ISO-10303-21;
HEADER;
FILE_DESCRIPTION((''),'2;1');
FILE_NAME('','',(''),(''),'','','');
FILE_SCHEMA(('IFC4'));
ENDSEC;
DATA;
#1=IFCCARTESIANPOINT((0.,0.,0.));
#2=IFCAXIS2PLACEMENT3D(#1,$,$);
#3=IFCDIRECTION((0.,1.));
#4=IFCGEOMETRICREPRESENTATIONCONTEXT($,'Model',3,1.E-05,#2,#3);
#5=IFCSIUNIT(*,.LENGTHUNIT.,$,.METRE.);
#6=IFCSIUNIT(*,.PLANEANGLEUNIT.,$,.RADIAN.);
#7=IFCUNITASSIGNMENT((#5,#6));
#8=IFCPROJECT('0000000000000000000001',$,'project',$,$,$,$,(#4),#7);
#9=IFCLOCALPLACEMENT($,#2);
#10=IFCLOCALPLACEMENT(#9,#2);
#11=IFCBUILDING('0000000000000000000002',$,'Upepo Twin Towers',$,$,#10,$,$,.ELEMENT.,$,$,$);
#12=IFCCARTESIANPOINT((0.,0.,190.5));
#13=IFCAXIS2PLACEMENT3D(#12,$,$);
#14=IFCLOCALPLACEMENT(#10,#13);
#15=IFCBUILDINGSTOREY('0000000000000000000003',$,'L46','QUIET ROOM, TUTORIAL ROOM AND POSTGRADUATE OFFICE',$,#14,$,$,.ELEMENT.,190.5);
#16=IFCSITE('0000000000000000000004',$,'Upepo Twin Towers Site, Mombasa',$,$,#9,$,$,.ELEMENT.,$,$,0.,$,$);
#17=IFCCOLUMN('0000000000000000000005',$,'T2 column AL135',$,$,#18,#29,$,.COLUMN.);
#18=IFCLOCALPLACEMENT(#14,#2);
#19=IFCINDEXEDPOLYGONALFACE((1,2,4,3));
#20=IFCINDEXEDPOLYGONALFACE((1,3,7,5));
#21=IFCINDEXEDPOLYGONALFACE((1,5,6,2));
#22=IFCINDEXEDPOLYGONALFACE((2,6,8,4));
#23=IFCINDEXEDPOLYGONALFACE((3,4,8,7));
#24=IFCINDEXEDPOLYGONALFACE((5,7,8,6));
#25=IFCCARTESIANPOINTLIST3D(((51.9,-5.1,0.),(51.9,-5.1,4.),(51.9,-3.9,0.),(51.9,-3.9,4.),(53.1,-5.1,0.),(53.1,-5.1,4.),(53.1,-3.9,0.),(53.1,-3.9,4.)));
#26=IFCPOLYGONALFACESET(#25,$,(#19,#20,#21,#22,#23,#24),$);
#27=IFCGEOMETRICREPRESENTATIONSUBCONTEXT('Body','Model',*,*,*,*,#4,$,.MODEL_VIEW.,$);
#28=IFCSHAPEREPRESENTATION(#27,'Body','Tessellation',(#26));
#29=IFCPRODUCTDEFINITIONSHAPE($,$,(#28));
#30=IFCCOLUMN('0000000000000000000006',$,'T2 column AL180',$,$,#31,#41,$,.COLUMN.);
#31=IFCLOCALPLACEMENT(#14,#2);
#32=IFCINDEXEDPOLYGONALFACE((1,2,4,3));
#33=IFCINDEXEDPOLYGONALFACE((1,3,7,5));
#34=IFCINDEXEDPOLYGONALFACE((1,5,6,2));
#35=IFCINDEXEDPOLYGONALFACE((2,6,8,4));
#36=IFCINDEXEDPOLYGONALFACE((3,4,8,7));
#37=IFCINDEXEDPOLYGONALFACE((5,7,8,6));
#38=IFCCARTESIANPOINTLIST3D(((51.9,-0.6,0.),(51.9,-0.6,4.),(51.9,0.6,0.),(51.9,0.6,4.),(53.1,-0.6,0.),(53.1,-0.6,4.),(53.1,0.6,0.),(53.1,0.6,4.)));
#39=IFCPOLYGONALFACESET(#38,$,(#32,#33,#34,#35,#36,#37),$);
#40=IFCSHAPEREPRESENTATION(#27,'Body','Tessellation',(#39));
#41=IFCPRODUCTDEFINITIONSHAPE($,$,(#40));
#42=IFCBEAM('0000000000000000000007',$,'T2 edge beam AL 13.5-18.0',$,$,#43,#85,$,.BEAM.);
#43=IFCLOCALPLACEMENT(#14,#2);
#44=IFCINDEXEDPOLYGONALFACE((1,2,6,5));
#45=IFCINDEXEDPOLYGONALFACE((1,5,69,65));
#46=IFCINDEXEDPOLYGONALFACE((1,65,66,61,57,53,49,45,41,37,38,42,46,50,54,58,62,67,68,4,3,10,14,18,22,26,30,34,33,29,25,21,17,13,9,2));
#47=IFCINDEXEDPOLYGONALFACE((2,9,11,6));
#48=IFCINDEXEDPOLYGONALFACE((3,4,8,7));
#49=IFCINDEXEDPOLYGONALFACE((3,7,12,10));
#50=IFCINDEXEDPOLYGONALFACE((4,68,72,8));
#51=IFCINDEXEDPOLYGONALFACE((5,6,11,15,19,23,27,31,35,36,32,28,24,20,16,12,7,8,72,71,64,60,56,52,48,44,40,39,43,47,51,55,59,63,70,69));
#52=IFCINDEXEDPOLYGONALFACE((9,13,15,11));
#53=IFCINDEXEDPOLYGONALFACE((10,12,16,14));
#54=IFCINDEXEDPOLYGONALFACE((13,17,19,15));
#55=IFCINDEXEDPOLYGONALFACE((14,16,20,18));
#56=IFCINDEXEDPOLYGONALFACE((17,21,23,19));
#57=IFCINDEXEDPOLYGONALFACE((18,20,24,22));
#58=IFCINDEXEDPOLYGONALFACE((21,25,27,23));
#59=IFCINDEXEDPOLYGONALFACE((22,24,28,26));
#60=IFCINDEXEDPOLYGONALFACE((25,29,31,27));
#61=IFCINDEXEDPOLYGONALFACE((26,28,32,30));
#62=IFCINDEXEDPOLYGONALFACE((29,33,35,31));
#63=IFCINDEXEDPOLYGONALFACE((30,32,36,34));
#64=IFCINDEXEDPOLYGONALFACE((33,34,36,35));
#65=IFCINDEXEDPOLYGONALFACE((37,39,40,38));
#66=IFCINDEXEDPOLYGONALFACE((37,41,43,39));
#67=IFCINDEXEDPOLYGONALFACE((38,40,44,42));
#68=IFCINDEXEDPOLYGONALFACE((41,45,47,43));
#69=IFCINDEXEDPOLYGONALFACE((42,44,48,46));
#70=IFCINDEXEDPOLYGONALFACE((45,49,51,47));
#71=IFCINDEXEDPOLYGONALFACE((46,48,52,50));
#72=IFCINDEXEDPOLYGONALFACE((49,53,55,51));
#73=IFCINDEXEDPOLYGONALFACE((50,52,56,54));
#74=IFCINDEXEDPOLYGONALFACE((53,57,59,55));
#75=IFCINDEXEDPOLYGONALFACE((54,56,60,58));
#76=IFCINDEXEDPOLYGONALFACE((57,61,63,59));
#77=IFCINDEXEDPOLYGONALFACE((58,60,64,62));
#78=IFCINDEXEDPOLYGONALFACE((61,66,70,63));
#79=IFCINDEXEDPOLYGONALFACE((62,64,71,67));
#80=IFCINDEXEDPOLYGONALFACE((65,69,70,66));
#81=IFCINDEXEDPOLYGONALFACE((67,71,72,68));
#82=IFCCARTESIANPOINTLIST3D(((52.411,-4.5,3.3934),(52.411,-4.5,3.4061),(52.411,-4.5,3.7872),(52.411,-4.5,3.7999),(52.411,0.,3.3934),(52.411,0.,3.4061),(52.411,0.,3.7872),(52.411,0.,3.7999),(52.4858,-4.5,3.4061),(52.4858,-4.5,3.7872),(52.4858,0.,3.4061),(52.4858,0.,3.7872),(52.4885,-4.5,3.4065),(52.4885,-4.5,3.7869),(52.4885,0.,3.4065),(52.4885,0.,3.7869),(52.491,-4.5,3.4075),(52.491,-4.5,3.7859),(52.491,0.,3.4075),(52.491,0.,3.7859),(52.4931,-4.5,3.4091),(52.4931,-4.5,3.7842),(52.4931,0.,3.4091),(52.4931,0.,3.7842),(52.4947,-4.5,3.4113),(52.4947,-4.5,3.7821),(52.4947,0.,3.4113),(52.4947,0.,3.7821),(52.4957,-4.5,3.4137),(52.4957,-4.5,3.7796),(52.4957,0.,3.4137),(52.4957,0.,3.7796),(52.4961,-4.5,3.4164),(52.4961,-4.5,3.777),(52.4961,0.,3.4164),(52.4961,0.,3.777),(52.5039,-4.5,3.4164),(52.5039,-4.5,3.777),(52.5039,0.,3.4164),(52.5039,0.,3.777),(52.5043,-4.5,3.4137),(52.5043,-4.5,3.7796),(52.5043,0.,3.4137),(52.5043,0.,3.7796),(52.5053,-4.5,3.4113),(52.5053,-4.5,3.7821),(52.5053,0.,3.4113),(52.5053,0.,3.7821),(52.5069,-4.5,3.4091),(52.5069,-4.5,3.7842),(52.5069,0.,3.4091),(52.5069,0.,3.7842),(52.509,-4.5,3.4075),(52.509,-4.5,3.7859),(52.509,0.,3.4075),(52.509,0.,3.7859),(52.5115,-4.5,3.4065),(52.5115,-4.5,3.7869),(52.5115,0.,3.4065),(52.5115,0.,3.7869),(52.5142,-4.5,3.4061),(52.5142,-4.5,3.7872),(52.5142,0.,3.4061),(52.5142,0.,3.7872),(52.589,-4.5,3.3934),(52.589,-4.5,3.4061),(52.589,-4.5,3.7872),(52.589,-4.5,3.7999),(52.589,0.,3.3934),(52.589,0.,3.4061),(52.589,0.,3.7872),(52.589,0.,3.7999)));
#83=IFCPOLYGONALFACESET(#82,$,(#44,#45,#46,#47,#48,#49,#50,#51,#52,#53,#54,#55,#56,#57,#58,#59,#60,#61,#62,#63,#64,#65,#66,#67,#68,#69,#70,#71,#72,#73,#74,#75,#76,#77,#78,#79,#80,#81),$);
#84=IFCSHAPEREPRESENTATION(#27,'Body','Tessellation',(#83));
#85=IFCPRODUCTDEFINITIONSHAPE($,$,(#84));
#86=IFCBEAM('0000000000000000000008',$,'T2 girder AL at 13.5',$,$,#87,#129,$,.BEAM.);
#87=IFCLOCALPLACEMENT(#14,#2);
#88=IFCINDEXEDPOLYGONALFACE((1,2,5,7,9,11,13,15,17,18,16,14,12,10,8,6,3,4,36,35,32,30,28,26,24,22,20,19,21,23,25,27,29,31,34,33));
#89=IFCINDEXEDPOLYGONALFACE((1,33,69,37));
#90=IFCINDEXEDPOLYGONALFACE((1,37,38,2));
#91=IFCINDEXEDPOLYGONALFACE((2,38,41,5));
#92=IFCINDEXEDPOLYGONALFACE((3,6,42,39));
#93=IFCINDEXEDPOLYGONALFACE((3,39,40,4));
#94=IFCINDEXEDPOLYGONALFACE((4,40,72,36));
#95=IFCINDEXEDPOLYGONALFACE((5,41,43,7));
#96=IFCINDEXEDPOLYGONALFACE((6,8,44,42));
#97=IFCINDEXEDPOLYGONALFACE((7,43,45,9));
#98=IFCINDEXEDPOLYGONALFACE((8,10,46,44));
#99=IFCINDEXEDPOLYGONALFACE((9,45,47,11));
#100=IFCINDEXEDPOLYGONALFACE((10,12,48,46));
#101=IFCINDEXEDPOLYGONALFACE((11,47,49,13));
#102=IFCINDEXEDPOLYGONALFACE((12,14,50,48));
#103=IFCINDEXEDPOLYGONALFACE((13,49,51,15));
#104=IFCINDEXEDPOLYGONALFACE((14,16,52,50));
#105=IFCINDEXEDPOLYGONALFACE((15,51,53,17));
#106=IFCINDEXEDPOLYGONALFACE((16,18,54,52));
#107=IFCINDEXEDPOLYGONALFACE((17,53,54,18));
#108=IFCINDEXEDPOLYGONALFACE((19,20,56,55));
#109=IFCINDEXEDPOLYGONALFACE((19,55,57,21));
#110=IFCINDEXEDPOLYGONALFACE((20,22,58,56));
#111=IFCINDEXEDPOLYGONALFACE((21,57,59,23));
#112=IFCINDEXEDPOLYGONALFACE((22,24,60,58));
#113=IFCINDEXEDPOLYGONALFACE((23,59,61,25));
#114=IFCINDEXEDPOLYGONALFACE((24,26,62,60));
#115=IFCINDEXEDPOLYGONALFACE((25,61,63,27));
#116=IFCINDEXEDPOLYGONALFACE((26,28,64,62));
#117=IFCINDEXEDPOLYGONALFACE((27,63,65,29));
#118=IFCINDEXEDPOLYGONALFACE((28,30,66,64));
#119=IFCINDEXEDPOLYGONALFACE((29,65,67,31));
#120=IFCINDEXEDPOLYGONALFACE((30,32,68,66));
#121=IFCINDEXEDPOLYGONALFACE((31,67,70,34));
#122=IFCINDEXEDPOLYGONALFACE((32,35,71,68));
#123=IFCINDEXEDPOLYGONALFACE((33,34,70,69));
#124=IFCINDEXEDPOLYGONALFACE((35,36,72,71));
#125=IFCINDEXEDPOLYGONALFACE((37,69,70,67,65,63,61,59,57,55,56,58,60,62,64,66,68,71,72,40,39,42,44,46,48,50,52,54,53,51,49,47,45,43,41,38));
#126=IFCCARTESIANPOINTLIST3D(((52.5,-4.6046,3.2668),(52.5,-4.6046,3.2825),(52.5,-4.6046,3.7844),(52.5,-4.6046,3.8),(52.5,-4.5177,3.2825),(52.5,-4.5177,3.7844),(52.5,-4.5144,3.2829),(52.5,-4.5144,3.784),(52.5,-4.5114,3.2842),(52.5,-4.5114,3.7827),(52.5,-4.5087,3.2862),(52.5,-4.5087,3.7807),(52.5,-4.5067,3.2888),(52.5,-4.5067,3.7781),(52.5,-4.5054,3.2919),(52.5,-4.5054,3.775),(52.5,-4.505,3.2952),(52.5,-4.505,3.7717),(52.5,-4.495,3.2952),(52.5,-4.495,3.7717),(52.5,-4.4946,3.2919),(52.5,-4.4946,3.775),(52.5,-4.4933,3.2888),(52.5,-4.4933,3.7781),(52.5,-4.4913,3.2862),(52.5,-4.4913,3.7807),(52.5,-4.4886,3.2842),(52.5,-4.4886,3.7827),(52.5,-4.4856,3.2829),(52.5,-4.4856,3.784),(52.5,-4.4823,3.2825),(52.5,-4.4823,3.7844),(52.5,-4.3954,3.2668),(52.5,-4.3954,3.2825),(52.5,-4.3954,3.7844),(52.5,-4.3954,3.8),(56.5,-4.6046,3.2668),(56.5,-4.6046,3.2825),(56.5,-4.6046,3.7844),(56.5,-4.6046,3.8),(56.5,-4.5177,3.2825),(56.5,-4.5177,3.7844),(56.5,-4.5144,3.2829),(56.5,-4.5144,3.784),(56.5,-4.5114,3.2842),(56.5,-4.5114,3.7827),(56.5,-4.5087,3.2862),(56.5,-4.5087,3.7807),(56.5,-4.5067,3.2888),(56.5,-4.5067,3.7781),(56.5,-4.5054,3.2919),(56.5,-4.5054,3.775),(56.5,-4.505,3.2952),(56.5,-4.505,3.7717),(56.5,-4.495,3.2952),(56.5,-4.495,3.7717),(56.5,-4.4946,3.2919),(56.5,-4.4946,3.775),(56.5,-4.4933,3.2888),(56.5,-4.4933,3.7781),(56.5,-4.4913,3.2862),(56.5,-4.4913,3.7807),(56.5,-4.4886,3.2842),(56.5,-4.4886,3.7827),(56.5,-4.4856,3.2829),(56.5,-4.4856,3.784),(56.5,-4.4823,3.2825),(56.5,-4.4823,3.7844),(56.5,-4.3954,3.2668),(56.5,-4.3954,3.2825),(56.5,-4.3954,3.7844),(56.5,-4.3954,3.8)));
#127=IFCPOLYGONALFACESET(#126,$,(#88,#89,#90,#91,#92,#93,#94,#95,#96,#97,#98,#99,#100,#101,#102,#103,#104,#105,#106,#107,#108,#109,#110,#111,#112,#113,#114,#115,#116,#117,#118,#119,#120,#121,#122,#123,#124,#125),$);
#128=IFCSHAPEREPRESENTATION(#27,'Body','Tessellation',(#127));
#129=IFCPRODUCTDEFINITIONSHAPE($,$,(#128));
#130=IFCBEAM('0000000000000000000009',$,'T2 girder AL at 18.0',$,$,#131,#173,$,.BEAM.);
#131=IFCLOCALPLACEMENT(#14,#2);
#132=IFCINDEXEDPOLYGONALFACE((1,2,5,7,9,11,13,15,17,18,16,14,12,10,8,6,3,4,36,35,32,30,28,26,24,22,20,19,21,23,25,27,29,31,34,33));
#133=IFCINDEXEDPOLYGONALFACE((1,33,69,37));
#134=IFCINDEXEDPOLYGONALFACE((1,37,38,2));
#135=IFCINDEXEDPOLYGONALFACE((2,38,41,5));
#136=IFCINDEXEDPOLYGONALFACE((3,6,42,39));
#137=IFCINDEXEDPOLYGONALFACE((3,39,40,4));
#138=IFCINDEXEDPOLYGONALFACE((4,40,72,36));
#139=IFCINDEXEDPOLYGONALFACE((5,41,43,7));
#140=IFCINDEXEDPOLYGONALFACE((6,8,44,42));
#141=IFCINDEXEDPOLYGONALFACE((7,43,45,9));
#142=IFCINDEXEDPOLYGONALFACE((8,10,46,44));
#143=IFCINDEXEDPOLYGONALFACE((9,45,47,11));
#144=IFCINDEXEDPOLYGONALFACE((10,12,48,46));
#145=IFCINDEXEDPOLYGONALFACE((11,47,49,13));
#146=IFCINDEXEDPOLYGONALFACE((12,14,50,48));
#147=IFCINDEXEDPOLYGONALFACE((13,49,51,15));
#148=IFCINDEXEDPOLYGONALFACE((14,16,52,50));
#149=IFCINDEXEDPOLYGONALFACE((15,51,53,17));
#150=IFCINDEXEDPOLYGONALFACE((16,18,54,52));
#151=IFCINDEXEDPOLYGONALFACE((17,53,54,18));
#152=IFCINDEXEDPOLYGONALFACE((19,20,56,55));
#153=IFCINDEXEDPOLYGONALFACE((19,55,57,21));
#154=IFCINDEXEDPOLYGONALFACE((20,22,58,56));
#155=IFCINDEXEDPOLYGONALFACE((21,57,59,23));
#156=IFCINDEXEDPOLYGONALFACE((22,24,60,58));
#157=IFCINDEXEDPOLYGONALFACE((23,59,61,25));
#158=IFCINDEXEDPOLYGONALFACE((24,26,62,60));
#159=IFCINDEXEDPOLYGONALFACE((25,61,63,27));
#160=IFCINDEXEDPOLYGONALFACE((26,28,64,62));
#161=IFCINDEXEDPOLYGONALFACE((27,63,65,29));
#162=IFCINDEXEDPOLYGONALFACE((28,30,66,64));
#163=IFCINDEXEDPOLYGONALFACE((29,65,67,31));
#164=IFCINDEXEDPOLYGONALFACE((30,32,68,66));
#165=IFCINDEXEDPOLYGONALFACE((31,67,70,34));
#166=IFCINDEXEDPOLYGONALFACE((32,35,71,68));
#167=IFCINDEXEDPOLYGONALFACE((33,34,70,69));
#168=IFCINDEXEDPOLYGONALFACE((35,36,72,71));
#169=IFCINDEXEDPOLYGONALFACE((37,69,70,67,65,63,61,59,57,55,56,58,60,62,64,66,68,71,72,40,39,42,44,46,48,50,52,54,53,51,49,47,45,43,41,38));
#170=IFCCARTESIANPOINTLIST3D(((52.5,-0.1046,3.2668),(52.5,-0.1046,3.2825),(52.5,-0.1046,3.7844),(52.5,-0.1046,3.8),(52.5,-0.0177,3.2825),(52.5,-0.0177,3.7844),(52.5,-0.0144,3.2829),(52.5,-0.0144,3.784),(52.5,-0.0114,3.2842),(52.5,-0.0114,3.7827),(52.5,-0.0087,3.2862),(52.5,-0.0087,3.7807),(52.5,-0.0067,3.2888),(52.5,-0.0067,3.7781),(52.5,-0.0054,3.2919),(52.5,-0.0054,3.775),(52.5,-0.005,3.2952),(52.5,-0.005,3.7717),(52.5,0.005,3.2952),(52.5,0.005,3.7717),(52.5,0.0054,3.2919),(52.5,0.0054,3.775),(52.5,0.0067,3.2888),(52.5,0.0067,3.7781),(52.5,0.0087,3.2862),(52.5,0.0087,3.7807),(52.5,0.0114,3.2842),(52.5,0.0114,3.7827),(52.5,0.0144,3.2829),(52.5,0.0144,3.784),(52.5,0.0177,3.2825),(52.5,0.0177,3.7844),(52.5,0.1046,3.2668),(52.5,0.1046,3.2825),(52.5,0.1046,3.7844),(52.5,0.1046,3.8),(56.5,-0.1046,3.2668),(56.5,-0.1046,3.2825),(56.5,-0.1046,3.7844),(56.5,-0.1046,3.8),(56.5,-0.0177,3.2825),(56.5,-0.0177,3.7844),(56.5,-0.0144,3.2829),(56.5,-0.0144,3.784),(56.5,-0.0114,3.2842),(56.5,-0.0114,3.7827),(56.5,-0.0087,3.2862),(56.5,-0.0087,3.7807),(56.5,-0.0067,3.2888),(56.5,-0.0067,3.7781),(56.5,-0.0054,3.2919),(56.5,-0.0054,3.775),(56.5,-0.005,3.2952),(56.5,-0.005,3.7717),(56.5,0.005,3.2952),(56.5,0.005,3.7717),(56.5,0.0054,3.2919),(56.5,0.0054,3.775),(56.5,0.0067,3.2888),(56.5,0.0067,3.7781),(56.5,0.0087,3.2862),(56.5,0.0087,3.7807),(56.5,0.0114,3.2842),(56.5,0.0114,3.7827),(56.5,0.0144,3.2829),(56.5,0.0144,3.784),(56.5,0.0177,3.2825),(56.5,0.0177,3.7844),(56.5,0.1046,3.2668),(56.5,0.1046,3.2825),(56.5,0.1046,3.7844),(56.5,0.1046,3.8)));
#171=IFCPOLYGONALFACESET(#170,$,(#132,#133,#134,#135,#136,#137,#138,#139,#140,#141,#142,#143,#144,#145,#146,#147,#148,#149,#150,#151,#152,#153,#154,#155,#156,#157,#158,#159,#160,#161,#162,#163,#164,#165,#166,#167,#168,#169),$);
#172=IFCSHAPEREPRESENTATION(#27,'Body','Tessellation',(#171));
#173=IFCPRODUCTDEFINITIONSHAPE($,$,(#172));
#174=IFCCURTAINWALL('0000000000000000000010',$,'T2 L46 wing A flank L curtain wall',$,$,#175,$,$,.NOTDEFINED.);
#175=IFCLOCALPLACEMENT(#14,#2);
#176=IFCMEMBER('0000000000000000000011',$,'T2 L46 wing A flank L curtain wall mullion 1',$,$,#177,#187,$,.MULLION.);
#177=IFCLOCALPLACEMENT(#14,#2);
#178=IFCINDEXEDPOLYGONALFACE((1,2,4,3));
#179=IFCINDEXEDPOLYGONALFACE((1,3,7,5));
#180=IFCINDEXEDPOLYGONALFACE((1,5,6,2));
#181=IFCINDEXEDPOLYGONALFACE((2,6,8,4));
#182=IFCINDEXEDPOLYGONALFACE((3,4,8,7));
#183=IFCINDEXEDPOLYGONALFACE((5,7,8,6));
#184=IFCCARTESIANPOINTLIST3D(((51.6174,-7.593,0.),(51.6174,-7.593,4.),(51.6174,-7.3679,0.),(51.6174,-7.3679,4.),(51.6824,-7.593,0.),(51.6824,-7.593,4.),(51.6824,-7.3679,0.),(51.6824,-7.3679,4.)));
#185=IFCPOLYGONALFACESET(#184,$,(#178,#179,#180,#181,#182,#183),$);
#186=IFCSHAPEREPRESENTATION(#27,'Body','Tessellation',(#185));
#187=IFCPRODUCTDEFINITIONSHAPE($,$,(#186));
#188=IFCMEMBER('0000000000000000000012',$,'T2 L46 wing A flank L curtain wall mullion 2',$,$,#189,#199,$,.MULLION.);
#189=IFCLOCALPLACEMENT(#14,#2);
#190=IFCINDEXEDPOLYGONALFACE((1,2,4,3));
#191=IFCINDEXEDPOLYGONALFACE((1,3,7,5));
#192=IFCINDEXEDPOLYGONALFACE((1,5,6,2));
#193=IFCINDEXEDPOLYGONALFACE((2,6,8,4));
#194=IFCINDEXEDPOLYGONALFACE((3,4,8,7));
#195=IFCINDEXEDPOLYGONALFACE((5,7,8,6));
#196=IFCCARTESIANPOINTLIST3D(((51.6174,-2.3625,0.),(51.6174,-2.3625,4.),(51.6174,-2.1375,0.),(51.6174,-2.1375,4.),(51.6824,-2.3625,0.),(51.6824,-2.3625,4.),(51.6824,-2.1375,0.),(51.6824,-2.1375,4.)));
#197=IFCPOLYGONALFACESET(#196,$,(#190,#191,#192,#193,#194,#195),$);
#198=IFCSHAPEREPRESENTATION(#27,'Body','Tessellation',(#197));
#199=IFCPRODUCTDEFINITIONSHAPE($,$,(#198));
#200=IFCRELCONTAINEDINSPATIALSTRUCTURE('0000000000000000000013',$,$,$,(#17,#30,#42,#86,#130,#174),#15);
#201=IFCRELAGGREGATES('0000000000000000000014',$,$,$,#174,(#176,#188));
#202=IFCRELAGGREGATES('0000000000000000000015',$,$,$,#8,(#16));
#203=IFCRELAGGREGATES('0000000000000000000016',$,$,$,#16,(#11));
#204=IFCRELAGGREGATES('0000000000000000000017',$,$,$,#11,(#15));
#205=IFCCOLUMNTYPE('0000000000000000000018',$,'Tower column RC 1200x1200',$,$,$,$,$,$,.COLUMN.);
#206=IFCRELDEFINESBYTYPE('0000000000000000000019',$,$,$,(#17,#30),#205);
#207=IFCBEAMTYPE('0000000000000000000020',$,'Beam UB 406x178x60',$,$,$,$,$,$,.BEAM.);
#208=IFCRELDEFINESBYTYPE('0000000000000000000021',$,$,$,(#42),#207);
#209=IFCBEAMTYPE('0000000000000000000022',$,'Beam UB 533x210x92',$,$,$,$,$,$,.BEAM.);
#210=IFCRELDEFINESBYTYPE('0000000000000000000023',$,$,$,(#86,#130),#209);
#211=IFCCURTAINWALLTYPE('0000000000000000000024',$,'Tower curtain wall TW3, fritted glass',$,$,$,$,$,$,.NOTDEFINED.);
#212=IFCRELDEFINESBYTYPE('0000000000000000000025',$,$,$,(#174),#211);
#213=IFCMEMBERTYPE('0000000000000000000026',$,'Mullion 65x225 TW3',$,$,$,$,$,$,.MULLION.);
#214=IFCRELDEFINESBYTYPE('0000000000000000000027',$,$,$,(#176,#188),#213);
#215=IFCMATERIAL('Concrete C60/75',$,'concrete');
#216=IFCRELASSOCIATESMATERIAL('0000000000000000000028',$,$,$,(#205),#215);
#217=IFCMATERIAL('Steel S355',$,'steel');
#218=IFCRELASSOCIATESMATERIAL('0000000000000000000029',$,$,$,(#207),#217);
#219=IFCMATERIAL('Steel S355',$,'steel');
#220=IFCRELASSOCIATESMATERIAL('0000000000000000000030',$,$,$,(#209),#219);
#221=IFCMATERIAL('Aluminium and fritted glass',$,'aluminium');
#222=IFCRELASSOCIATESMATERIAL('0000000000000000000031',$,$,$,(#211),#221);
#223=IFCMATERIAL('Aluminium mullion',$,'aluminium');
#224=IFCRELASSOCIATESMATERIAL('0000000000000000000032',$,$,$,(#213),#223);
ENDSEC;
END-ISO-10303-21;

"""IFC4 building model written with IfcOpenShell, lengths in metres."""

from ifc_helpers import new_model, si_unit, direction, frame, origin, origin_2d, place, context, subcontext, project, spatial, rectangle, i_section, extrude, material, material_profile, profile_set, type_object, element, aggregate, save


model = new_model("IFC4")

# Units and contexts
model_context = context("Model", 3, precision=1e-05, world=origin(), true_north=direction((0.0, 1.0)))
body_context = subcontext(model_context, "Body", "Model", "MODEL_VIEW")
ifc_project = project(units=[si_unit("LENGTHUNIT", "METRE"), si_unit("PLANEANGLEUNIT", "RADIAN")], contexts=[model_context])

# Site, building, storey
site_placement = place(None, origin())
site = spatial("IfcSite", under=ifc_project, at=site_placement, Name="Upepo Twin Towers Site, Mombasa", CompositionType="ELEMENT", RefElevation=0.0)
building_placement = place(site_placement, origin())
building = spatial("IfcBuilding", under=site, at=building_placement, Name="Upepo Twin Towers", CompositionType="ELEMENT")
storey_placement = place(building_placement, frame((0.0, 0.0, 190.5)))
storey = spatial("IfcBuildingStorey", under=building, at=storey_placement, Name="L46", Description="QUIET ROOM, TUTORIAL ROOM AND POSTGRADUATE OFFICE", CompositionType="ELEMENT", Elevation=190.5)

# Columns
ifc_material_1 = material(Name="Concrete C60/75", Category="concrete")
ifc_material_profile_1 = material_profile(ifc_material_1, rectangle(XDim=1.2, YDim=1.2, at=origin_2d()), Name="RC 1200x1200")
ifc_profile_set_1 = profile_set([ifc_material_profile_1], Name="Concrete C60/75")
column_type = type_object("IfcColumnType", Name="Tower column RC 1200x1200", PredefinedType="COLUMN", material=ifc_profile_set_1)
for number, where, z_axis, x_axis, name in (
    (1, (52.5, -4.5, 0.0), (0.0, 0.0, 1.0), (1.0, 0.0, 0.0), "T2 column AL135"),
    (2, (52.5, 0.0, 0.0), (0.0, 0.0, 1.0), (1.0, 0.0, 0.0), "T2 column AL180"),
):
    element("IfcColumn", number, at=place(storey_placement, frame(where, z_axis=z_axis, x_axis=x_axis)), inside=storey, type_object=column_type, Name=name, PredefinedType="COLUMN", context=body_context, shape_type="SweptSolid", body=[
        extrude(rectangle(XDim=1.2, YDim=1.2, at=origin_2d()), origin(), (0.0, 0.0, 1.0), 4.0),
    ])

# Beams
ifc_material_2 = material(Name="Steel S355", Category="steel")
ifc_material_profile_2 = material_profile(ifc_material_2, i_section(OverallWidth=0.178, OverallDepth=0.4065, WebThickness=0.0078, FlangeThickness=0.0127, FilletRadius=0.0103, at=origin_2d()), Name="UB 406x178x60")
ifc_profile_set_2 = profile_set([ifc_material_profile_2], Name="Steel S355")
beam_type_1 = type_object("IfcBeamType", Name="Beam UB 406x178x60", PredefinedType="BEAM", material=ifc_profile_set_2)
beam_placement = place(storey_placement, frame((52.5, -4.5, 3.5967), z_axis=(0.0, 1.0, 0.0), x_axis=(-1.0, 0.0, 0.0)))
element("IfcBeam", 3, at=beam_placement, inside=storey, type_object=beam_type_1, Name="T2 edge beam AL 13.5-18.0", PredefinedType="BEAM", context=body_context, shape_type="SweptSolid", body=[
    extrude(i_section(OverallWidth=0.178, OverallDepth=0.4065, WebThickness=0.0078, FlangeThickness=0.0127, FilletRadius=0.0103, at=origin_2d()), origin(), (0.0, 0.0, 1.0), 4.5),
])
ifc_material_3 = material(Name="Steel S355", Category="steel")
ifc_material_profile_3 = material_profile(ifc_material_3, i_section(OverallWidth=0.2092, OverallDepth=0.5332, WebThickness=0.01, FlangeThickness=0.0156, FilletRadius=0.0127, at=origin_2d()), Name="UB 533x210x92")
ifc_profile_set_3 = profile_set([ifc_material_profile_3], Name="Steel S355")
beam_type_2 = type_object("IfcBeamType", Name="Beam UB 533x210x92", PredefinedType="BEAM", material=ifc_profile_set_3)
for number, where, z_axis, x_axis, name in (
    (4, (52.5, -4.5, 3.5334), (1.0, 0.0, 0.0), (0.0, 1.0, 0.0), "T2 girder AL at 13.5"),
    (5, (52.5, 0.0, 3.5334), (1.0, 0.0, 0.0), (0.0, 1.0, 0.0), "T2 girder AL at 18.0"),
):
    element("IfcBeam", number, at=place(storey_placement, frame(where, z_axis=z_axis, x_axis=x_axis)), inside=storey, type_object=beam_type_2, Name=name, PredefinedType="BEAM", context=body_context, shape_type="SweptSolid", body=[
        extrude(i_section(OverallWidth=0.2092, OverallDepth=0.5332, WebThickness=0.01, FlangeThickness=0.0156, FilletRadius=0.0127, at=origin_2d()), origin(), (0.0, 0.0, 1.0), 4.0),
    ])

# Curtain wall, members
ifc_material_4 = material(Name="Aluminium and fritted glass", Category="aluminium")
curtain_wall_type = type_object("IfcCurtainWallType", Name="Tower curtain wall TW3, fritted glass", PredefinedType="NOTDEFINED", material=ifc_material_4)
curtain_wall_1_placement = place(storey_placement, origin())
curtain_wall_1 = element("IfcCurtainWall", 6, at=curtain_wall_1_placement, inside=storey, type_object=curtain_wall_type, Name="T2 L46 wing A flank L curtain wall", PredefinedType="NOTDEFINED")
ifc_material_5 = material(Name="Aluminium mullion", Category="aluminium")
ifc_material_profile_4 = material_profile(ifc_material_5, rectangle(XDim=0.0649, YDim=0.2251, at=origin_2d()), Name="MULLION 65x225")
ifc_profile_set_4 = profile_set([ifc_material_profile_4], Name="Aluminium mullion")
member_type_1 = type_object("IfcMemberType", Name="Mullion 65x225 TW3", PredefinedType="MULLION", material=ifc_profile_set_4)
member_1_placement = place(storey_placement, frame((51.6499, -7.4805, 0.0), z_axis=(0.0, 0.0, 1.0), x_axis=(-1.0, 0.0, 0.0)))
member_1 = element("IfcMember", 7, at=member_1_placement, type_object=member_type_1, Name="T2 L46 wing A flank L curtain wall mullion 1", PredefinedType="MULLION", context=body_context, shape_type="SweptSolid", body=[
    extrude(rectangle(XDim=0.0649, YDim=0.2251, at=origin_2d()), origin(), (0.0, 0.0, 1.0), 4.0),
])
member_2_placement = place(storey_placement, frame((51.6499, -2.25, 0.0), z_axis=(0.0, 0.0, 1.0), x_axis=(-1.0, 0.0, 0.0)))
member_2 = element("IfcMember", 8, at=member_2_placement, type_object=member_type_1, Name="T2 L46 wing A flank L curtain wall mullion 2", PredefinedType="MULLION", context=body_context, shape_type="SweptSolid", body=[
    extrude(rectangle(XDim=0.0649, YDim=0.2251, at=origin_2d()), origin(), (0.0, 0.0, 1.0), 4.0),
])

aggregate(curtain_wall_1, [member_1, member_2])

save(model, "model.ifc")
